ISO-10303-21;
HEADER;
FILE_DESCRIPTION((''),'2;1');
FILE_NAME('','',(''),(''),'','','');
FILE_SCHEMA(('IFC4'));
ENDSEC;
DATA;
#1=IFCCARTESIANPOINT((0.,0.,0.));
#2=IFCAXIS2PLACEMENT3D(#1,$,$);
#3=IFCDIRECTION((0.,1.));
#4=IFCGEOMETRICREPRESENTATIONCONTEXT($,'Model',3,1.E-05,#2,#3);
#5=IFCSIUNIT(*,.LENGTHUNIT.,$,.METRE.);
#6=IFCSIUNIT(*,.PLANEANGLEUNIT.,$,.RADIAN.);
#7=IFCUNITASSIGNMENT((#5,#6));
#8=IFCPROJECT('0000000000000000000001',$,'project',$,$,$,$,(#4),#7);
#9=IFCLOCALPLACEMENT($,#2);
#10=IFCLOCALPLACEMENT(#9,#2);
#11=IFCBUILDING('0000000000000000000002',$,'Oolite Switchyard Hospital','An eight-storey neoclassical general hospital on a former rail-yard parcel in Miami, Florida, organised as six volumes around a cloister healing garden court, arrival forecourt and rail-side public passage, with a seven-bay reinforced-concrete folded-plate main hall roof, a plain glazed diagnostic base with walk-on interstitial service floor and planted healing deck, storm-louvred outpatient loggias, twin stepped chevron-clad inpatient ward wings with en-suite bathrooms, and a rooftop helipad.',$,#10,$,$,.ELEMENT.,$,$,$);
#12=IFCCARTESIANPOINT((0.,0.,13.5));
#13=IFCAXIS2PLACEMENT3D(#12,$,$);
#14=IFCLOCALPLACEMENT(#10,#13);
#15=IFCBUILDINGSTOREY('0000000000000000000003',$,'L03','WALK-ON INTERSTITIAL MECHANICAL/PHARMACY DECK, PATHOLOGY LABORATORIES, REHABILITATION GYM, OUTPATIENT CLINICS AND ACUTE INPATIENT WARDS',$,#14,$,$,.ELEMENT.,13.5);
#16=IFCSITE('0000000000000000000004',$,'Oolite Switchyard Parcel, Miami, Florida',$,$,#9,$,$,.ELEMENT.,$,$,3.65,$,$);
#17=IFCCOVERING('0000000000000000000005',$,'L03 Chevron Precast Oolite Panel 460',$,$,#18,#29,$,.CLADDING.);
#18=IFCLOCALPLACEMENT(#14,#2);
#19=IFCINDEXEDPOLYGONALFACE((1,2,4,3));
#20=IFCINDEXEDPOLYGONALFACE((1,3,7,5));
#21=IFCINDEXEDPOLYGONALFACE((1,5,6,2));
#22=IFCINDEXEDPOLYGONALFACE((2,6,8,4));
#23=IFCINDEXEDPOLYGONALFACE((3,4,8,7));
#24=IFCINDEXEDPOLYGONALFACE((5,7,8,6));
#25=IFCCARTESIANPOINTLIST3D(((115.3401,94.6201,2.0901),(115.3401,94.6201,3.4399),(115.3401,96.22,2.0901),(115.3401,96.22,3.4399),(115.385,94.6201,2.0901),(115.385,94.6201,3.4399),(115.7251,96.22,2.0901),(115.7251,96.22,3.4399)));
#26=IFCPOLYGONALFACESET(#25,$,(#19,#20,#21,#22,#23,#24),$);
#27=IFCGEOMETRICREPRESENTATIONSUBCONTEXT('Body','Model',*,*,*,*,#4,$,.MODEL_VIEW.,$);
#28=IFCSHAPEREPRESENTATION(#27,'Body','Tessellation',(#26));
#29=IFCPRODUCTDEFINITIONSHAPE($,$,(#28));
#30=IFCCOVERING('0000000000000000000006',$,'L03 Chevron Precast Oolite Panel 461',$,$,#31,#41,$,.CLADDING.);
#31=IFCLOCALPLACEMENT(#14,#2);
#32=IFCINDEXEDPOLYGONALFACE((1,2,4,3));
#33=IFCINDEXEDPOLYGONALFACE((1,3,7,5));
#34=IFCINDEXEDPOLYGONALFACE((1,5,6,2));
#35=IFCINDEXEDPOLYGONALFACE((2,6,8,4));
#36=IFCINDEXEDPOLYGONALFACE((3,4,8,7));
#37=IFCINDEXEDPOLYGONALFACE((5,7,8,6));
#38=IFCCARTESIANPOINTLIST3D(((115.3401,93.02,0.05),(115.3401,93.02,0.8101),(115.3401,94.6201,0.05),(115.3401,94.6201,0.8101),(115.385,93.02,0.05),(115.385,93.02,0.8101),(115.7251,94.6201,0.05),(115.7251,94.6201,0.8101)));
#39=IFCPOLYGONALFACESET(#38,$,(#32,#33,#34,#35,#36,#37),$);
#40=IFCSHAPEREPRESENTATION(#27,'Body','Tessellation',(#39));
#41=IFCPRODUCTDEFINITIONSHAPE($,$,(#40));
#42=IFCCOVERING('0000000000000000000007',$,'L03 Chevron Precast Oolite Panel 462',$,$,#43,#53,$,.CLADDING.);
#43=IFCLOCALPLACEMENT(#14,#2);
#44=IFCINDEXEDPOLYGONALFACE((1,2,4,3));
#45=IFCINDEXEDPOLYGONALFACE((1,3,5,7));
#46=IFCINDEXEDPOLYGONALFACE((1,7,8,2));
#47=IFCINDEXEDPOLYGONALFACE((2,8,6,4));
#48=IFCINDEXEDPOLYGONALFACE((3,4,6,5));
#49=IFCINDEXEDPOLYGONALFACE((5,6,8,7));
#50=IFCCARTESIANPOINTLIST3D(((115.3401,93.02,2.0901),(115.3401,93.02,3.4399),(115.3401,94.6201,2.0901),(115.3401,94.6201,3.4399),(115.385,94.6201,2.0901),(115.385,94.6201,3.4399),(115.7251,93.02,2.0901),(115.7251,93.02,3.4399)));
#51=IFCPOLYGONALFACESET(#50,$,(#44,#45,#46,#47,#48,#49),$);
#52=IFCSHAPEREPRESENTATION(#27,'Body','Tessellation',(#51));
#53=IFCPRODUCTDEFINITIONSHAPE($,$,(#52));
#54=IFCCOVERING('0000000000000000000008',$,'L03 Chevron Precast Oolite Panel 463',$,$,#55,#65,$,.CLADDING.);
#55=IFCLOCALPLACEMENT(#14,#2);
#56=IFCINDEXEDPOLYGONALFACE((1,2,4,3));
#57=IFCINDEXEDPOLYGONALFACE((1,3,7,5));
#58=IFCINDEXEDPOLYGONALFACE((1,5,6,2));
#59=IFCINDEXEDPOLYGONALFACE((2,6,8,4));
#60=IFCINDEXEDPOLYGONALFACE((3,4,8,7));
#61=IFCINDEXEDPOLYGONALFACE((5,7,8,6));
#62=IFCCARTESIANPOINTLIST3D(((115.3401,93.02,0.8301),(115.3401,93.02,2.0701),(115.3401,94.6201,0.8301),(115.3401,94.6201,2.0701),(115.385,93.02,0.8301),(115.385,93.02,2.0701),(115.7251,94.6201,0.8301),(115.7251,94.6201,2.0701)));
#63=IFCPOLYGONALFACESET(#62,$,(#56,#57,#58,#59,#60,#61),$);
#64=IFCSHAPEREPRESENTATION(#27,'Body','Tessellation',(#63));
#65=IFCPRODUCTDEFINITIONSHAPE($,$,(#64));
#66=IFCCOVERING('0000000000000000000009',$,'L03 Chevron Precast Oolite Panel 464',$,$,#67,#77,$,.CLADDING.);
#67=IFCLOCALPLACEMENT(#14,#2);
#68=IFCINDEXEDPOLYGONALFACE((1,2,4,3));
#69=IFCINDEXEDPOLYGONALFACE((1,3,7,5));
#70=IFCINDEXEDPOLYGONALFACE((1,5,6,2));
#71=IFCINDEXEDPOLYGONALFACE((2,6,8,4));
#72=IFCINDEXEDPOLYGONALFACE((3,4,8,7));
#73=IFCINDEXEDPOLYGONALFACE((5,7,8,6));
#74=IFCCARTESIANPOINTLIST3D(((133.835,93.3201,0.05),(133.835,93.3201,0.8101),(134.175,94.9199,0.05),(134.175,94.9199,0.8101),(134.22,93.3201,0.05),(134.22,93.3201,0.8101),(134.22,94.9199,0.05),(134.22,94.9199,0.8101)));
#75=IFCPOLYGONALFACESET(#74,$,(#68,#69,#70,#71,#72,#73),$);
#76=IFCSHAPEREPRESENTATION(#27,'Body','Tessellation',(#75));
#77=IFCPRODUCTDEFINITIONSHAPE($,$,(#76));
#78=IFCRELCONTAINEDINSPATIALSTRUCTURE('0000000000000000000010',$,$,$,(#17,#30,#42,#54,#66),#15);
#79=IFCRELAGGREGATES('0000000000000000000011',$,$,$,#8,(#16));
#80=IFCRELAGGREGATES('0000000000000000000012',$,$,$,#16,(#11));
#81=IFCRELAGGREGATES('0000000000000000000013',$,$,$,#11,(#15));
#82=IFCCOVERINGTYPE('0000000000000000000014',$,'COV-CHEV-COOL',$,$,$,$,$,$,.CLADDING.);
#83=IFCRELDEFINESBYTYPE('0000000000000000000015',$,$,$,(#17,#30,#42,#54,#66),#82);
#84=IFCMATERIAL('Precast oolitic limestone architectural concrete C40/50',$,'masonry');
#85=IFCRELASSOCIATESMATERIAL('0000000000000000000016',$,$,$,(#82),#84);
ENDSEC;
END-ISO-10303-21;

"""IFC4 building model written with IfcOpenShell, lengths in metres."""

from ifc_helpers import new_model, si_unit, direction, frame, origin, place, context, subcontext, project, spatial, polyline, outline, extrude, material, type_object, element, save


model = new_model("IFC4")

# Units and contexts
model_context = context("Model", 3, precision=1e-05, world=origin(), true_north=direction((0.0, 1.0)))
body_context = subcontext(model_context, "Body", "Model", "MODEL_VIEW")
ifc_project = project(units=[si_unit("LENGTHUNIT", "METRE"), si_unit("PLANEANGLEUNIT", "RADIAN")], contexts=[model_context])

# Site, building, storey
site_placement = place(None, origin())
site = spatial("IfcSite", under=ifc_project, at=site_placement, Name="Oolite Switchyard Parcel, Miami, Florida", CompositionType="ELEMENT", RefElevation=3.65)
building_placement = place(site_placement, origin())
building = spatial("IfcBuilding", under=site, at=building_placement, Name="Oolite Switchyard Hospital", Description="An eight-storey neoclassical general hospital on a former rail-yard parcel in Miami, Florida, organised as six volumes around a cloister healing garden court, arrival forecourt and rail-side public passage, with a seven-bay reinforced-concrete folded-plate main hall roof, a plain glazed diagnostic base with walk-on interstitial service floor and planted healing deck, storm-louvred outpatient loggias, twin stepped chevron-clad inpatient ward wings with en-suite bathrooms, and a rooftop helipad.", CompositionType="ELEMENT")
storey_placement = place(building_placement, frame((0.0, 0.0, 13.5)))
storey = spatial("IfcBuildingStorey", under=building, at=storey_placement, Name="L03", Description="WALK-ON INTERSTITIAL MECHANICAL/PHARMACY DECK, PATHOLOGY LABORATORIES, REHABILITATION GYM, OUTPATIENT CLINICS AND ACUTE INPATIENT WARDS", CompositionType="ELEMENT", Elevation=13.5)

# Coverings
ifc_material_1 = material(Name="Precast oolitic limestone architectural concrete C40/50", Category="masonry")
covering_type = type_object("IfcCoveringType", Name="COV-CHEV-COOL", PredefinedType="CLADDING", material=ifc_material_1)
covering_1_placement = place(storey_placement, frame((115.3401, 96.22, 2.0901), z_axis=(0.0, 0.0, 1.0), x_axis=(0.0, -1.0, 0.0)))
element("IfcCovering", 1, at=covering_1_placement, inside=storey, type_object=covering_type, Name="L03 Chevron Precast Oolite Panel 460", PredefinedType="CLADDING", context=body_context, shape_type="SweptSolid", body=[
    extrude(outline(polyline([(0.0, 0.0), (1.5999, 0.0), (1.5999, 0.0449), (0.0, 0.385), (0.0, 0.0)])), origin(), (0.0, 0.0, 1.0), 1.3499),
])
covering_2_placement = place(storey_placement, frame((115.3401, 94.6201, 0.05), z_axis=(0.0, 0.0, 1.0), x_axis=(0.0, -1.0, 0.0)))
element("IfcCovering", 2, at=covering_2_placement, inside=storey, type_object=covering_type, Name="L03 Chevron Precast Oolite Panel 461", PredefinedType="CLADDING", context=body_context, shape_type="SweptSolid", body=[
    extrude(outline(polyline([(0.0, 0.0), (1.6001, 0.0), (1.6001, 0.0449), (0.0, 0.385), (0.0, 0.0)])), origin(), (0.0, 0.0, 1.0), 0.76),
])
covering_3_placement = place(storey_placement, frame((115.3401, 94.6201, 2.0901), z_axis=(0.0, 0.0, 1.0), x_axis=(0.0, -1.0, 0.0)))
element("IfcCovering", 3, at=covering_3_placement, inside=storey, type_object=covering_type, Name="L03 Chevron Precast Oolite Panel 462", PredefinedType="CLADDING", context=body_context, shape_type="SweptSolid", body=[
    extrude(outline(polyline([(0.0, 0.0), (1.6001, 0.0), (1.6001, 0.385), (0.0, 0.0449), (0.0, 0.0)])), origin(), (0.0, 0.0, 1.0), 1.3499),
])
covering_4_placement = place(storey_placement, frame((115.3401, 94.6201, 0.8301), z_axis=(0.0, 0.0, 1.0), x_axis=(0.0, -1.0, 0.0)))
element("IfcCovering", 4, at=covering_4_placement, inside=storey, type_object=covering_type, Name="L03 Chevron Precast Oolite Panel 463", PredefinedType="CLADDING", context=body_context, shape_type="SweptSolid", body=[
    extrude(outline(polyline([(0.0, 0.0), (1.6001, 0.0), (1.6001, 0.0449), (0.0, 0.385), (0.0, 0.0)])), origin(), (0.0, 0.0, 1.0), 1.24),
])
covering_5_placement = place(storey_placement, frame((134.22, 93.3201, 0.05), z_axis=(0.0, 0.0, 1.0), x_axis=(0.0, 1.0, 0.0)))
element("IfcCovering", 5, at=covering_5_placement, inside=storey, type_object=covering_type, Name="L03 Chevron Precast Oolite Panel 464", PredefinedType="CLADDING", context=body_context, shape_type="SweptSolid", body=[
    extrude(outline(polyline([(0.0, 0.0), (1.5999, 0.0), (1.5999, 0.0449), (0.0, 0.385), (0.0, 0.0)])), origin(), (0.0, 0.0, 1.0), 0.76),
])

save(model, "model.ifc")
